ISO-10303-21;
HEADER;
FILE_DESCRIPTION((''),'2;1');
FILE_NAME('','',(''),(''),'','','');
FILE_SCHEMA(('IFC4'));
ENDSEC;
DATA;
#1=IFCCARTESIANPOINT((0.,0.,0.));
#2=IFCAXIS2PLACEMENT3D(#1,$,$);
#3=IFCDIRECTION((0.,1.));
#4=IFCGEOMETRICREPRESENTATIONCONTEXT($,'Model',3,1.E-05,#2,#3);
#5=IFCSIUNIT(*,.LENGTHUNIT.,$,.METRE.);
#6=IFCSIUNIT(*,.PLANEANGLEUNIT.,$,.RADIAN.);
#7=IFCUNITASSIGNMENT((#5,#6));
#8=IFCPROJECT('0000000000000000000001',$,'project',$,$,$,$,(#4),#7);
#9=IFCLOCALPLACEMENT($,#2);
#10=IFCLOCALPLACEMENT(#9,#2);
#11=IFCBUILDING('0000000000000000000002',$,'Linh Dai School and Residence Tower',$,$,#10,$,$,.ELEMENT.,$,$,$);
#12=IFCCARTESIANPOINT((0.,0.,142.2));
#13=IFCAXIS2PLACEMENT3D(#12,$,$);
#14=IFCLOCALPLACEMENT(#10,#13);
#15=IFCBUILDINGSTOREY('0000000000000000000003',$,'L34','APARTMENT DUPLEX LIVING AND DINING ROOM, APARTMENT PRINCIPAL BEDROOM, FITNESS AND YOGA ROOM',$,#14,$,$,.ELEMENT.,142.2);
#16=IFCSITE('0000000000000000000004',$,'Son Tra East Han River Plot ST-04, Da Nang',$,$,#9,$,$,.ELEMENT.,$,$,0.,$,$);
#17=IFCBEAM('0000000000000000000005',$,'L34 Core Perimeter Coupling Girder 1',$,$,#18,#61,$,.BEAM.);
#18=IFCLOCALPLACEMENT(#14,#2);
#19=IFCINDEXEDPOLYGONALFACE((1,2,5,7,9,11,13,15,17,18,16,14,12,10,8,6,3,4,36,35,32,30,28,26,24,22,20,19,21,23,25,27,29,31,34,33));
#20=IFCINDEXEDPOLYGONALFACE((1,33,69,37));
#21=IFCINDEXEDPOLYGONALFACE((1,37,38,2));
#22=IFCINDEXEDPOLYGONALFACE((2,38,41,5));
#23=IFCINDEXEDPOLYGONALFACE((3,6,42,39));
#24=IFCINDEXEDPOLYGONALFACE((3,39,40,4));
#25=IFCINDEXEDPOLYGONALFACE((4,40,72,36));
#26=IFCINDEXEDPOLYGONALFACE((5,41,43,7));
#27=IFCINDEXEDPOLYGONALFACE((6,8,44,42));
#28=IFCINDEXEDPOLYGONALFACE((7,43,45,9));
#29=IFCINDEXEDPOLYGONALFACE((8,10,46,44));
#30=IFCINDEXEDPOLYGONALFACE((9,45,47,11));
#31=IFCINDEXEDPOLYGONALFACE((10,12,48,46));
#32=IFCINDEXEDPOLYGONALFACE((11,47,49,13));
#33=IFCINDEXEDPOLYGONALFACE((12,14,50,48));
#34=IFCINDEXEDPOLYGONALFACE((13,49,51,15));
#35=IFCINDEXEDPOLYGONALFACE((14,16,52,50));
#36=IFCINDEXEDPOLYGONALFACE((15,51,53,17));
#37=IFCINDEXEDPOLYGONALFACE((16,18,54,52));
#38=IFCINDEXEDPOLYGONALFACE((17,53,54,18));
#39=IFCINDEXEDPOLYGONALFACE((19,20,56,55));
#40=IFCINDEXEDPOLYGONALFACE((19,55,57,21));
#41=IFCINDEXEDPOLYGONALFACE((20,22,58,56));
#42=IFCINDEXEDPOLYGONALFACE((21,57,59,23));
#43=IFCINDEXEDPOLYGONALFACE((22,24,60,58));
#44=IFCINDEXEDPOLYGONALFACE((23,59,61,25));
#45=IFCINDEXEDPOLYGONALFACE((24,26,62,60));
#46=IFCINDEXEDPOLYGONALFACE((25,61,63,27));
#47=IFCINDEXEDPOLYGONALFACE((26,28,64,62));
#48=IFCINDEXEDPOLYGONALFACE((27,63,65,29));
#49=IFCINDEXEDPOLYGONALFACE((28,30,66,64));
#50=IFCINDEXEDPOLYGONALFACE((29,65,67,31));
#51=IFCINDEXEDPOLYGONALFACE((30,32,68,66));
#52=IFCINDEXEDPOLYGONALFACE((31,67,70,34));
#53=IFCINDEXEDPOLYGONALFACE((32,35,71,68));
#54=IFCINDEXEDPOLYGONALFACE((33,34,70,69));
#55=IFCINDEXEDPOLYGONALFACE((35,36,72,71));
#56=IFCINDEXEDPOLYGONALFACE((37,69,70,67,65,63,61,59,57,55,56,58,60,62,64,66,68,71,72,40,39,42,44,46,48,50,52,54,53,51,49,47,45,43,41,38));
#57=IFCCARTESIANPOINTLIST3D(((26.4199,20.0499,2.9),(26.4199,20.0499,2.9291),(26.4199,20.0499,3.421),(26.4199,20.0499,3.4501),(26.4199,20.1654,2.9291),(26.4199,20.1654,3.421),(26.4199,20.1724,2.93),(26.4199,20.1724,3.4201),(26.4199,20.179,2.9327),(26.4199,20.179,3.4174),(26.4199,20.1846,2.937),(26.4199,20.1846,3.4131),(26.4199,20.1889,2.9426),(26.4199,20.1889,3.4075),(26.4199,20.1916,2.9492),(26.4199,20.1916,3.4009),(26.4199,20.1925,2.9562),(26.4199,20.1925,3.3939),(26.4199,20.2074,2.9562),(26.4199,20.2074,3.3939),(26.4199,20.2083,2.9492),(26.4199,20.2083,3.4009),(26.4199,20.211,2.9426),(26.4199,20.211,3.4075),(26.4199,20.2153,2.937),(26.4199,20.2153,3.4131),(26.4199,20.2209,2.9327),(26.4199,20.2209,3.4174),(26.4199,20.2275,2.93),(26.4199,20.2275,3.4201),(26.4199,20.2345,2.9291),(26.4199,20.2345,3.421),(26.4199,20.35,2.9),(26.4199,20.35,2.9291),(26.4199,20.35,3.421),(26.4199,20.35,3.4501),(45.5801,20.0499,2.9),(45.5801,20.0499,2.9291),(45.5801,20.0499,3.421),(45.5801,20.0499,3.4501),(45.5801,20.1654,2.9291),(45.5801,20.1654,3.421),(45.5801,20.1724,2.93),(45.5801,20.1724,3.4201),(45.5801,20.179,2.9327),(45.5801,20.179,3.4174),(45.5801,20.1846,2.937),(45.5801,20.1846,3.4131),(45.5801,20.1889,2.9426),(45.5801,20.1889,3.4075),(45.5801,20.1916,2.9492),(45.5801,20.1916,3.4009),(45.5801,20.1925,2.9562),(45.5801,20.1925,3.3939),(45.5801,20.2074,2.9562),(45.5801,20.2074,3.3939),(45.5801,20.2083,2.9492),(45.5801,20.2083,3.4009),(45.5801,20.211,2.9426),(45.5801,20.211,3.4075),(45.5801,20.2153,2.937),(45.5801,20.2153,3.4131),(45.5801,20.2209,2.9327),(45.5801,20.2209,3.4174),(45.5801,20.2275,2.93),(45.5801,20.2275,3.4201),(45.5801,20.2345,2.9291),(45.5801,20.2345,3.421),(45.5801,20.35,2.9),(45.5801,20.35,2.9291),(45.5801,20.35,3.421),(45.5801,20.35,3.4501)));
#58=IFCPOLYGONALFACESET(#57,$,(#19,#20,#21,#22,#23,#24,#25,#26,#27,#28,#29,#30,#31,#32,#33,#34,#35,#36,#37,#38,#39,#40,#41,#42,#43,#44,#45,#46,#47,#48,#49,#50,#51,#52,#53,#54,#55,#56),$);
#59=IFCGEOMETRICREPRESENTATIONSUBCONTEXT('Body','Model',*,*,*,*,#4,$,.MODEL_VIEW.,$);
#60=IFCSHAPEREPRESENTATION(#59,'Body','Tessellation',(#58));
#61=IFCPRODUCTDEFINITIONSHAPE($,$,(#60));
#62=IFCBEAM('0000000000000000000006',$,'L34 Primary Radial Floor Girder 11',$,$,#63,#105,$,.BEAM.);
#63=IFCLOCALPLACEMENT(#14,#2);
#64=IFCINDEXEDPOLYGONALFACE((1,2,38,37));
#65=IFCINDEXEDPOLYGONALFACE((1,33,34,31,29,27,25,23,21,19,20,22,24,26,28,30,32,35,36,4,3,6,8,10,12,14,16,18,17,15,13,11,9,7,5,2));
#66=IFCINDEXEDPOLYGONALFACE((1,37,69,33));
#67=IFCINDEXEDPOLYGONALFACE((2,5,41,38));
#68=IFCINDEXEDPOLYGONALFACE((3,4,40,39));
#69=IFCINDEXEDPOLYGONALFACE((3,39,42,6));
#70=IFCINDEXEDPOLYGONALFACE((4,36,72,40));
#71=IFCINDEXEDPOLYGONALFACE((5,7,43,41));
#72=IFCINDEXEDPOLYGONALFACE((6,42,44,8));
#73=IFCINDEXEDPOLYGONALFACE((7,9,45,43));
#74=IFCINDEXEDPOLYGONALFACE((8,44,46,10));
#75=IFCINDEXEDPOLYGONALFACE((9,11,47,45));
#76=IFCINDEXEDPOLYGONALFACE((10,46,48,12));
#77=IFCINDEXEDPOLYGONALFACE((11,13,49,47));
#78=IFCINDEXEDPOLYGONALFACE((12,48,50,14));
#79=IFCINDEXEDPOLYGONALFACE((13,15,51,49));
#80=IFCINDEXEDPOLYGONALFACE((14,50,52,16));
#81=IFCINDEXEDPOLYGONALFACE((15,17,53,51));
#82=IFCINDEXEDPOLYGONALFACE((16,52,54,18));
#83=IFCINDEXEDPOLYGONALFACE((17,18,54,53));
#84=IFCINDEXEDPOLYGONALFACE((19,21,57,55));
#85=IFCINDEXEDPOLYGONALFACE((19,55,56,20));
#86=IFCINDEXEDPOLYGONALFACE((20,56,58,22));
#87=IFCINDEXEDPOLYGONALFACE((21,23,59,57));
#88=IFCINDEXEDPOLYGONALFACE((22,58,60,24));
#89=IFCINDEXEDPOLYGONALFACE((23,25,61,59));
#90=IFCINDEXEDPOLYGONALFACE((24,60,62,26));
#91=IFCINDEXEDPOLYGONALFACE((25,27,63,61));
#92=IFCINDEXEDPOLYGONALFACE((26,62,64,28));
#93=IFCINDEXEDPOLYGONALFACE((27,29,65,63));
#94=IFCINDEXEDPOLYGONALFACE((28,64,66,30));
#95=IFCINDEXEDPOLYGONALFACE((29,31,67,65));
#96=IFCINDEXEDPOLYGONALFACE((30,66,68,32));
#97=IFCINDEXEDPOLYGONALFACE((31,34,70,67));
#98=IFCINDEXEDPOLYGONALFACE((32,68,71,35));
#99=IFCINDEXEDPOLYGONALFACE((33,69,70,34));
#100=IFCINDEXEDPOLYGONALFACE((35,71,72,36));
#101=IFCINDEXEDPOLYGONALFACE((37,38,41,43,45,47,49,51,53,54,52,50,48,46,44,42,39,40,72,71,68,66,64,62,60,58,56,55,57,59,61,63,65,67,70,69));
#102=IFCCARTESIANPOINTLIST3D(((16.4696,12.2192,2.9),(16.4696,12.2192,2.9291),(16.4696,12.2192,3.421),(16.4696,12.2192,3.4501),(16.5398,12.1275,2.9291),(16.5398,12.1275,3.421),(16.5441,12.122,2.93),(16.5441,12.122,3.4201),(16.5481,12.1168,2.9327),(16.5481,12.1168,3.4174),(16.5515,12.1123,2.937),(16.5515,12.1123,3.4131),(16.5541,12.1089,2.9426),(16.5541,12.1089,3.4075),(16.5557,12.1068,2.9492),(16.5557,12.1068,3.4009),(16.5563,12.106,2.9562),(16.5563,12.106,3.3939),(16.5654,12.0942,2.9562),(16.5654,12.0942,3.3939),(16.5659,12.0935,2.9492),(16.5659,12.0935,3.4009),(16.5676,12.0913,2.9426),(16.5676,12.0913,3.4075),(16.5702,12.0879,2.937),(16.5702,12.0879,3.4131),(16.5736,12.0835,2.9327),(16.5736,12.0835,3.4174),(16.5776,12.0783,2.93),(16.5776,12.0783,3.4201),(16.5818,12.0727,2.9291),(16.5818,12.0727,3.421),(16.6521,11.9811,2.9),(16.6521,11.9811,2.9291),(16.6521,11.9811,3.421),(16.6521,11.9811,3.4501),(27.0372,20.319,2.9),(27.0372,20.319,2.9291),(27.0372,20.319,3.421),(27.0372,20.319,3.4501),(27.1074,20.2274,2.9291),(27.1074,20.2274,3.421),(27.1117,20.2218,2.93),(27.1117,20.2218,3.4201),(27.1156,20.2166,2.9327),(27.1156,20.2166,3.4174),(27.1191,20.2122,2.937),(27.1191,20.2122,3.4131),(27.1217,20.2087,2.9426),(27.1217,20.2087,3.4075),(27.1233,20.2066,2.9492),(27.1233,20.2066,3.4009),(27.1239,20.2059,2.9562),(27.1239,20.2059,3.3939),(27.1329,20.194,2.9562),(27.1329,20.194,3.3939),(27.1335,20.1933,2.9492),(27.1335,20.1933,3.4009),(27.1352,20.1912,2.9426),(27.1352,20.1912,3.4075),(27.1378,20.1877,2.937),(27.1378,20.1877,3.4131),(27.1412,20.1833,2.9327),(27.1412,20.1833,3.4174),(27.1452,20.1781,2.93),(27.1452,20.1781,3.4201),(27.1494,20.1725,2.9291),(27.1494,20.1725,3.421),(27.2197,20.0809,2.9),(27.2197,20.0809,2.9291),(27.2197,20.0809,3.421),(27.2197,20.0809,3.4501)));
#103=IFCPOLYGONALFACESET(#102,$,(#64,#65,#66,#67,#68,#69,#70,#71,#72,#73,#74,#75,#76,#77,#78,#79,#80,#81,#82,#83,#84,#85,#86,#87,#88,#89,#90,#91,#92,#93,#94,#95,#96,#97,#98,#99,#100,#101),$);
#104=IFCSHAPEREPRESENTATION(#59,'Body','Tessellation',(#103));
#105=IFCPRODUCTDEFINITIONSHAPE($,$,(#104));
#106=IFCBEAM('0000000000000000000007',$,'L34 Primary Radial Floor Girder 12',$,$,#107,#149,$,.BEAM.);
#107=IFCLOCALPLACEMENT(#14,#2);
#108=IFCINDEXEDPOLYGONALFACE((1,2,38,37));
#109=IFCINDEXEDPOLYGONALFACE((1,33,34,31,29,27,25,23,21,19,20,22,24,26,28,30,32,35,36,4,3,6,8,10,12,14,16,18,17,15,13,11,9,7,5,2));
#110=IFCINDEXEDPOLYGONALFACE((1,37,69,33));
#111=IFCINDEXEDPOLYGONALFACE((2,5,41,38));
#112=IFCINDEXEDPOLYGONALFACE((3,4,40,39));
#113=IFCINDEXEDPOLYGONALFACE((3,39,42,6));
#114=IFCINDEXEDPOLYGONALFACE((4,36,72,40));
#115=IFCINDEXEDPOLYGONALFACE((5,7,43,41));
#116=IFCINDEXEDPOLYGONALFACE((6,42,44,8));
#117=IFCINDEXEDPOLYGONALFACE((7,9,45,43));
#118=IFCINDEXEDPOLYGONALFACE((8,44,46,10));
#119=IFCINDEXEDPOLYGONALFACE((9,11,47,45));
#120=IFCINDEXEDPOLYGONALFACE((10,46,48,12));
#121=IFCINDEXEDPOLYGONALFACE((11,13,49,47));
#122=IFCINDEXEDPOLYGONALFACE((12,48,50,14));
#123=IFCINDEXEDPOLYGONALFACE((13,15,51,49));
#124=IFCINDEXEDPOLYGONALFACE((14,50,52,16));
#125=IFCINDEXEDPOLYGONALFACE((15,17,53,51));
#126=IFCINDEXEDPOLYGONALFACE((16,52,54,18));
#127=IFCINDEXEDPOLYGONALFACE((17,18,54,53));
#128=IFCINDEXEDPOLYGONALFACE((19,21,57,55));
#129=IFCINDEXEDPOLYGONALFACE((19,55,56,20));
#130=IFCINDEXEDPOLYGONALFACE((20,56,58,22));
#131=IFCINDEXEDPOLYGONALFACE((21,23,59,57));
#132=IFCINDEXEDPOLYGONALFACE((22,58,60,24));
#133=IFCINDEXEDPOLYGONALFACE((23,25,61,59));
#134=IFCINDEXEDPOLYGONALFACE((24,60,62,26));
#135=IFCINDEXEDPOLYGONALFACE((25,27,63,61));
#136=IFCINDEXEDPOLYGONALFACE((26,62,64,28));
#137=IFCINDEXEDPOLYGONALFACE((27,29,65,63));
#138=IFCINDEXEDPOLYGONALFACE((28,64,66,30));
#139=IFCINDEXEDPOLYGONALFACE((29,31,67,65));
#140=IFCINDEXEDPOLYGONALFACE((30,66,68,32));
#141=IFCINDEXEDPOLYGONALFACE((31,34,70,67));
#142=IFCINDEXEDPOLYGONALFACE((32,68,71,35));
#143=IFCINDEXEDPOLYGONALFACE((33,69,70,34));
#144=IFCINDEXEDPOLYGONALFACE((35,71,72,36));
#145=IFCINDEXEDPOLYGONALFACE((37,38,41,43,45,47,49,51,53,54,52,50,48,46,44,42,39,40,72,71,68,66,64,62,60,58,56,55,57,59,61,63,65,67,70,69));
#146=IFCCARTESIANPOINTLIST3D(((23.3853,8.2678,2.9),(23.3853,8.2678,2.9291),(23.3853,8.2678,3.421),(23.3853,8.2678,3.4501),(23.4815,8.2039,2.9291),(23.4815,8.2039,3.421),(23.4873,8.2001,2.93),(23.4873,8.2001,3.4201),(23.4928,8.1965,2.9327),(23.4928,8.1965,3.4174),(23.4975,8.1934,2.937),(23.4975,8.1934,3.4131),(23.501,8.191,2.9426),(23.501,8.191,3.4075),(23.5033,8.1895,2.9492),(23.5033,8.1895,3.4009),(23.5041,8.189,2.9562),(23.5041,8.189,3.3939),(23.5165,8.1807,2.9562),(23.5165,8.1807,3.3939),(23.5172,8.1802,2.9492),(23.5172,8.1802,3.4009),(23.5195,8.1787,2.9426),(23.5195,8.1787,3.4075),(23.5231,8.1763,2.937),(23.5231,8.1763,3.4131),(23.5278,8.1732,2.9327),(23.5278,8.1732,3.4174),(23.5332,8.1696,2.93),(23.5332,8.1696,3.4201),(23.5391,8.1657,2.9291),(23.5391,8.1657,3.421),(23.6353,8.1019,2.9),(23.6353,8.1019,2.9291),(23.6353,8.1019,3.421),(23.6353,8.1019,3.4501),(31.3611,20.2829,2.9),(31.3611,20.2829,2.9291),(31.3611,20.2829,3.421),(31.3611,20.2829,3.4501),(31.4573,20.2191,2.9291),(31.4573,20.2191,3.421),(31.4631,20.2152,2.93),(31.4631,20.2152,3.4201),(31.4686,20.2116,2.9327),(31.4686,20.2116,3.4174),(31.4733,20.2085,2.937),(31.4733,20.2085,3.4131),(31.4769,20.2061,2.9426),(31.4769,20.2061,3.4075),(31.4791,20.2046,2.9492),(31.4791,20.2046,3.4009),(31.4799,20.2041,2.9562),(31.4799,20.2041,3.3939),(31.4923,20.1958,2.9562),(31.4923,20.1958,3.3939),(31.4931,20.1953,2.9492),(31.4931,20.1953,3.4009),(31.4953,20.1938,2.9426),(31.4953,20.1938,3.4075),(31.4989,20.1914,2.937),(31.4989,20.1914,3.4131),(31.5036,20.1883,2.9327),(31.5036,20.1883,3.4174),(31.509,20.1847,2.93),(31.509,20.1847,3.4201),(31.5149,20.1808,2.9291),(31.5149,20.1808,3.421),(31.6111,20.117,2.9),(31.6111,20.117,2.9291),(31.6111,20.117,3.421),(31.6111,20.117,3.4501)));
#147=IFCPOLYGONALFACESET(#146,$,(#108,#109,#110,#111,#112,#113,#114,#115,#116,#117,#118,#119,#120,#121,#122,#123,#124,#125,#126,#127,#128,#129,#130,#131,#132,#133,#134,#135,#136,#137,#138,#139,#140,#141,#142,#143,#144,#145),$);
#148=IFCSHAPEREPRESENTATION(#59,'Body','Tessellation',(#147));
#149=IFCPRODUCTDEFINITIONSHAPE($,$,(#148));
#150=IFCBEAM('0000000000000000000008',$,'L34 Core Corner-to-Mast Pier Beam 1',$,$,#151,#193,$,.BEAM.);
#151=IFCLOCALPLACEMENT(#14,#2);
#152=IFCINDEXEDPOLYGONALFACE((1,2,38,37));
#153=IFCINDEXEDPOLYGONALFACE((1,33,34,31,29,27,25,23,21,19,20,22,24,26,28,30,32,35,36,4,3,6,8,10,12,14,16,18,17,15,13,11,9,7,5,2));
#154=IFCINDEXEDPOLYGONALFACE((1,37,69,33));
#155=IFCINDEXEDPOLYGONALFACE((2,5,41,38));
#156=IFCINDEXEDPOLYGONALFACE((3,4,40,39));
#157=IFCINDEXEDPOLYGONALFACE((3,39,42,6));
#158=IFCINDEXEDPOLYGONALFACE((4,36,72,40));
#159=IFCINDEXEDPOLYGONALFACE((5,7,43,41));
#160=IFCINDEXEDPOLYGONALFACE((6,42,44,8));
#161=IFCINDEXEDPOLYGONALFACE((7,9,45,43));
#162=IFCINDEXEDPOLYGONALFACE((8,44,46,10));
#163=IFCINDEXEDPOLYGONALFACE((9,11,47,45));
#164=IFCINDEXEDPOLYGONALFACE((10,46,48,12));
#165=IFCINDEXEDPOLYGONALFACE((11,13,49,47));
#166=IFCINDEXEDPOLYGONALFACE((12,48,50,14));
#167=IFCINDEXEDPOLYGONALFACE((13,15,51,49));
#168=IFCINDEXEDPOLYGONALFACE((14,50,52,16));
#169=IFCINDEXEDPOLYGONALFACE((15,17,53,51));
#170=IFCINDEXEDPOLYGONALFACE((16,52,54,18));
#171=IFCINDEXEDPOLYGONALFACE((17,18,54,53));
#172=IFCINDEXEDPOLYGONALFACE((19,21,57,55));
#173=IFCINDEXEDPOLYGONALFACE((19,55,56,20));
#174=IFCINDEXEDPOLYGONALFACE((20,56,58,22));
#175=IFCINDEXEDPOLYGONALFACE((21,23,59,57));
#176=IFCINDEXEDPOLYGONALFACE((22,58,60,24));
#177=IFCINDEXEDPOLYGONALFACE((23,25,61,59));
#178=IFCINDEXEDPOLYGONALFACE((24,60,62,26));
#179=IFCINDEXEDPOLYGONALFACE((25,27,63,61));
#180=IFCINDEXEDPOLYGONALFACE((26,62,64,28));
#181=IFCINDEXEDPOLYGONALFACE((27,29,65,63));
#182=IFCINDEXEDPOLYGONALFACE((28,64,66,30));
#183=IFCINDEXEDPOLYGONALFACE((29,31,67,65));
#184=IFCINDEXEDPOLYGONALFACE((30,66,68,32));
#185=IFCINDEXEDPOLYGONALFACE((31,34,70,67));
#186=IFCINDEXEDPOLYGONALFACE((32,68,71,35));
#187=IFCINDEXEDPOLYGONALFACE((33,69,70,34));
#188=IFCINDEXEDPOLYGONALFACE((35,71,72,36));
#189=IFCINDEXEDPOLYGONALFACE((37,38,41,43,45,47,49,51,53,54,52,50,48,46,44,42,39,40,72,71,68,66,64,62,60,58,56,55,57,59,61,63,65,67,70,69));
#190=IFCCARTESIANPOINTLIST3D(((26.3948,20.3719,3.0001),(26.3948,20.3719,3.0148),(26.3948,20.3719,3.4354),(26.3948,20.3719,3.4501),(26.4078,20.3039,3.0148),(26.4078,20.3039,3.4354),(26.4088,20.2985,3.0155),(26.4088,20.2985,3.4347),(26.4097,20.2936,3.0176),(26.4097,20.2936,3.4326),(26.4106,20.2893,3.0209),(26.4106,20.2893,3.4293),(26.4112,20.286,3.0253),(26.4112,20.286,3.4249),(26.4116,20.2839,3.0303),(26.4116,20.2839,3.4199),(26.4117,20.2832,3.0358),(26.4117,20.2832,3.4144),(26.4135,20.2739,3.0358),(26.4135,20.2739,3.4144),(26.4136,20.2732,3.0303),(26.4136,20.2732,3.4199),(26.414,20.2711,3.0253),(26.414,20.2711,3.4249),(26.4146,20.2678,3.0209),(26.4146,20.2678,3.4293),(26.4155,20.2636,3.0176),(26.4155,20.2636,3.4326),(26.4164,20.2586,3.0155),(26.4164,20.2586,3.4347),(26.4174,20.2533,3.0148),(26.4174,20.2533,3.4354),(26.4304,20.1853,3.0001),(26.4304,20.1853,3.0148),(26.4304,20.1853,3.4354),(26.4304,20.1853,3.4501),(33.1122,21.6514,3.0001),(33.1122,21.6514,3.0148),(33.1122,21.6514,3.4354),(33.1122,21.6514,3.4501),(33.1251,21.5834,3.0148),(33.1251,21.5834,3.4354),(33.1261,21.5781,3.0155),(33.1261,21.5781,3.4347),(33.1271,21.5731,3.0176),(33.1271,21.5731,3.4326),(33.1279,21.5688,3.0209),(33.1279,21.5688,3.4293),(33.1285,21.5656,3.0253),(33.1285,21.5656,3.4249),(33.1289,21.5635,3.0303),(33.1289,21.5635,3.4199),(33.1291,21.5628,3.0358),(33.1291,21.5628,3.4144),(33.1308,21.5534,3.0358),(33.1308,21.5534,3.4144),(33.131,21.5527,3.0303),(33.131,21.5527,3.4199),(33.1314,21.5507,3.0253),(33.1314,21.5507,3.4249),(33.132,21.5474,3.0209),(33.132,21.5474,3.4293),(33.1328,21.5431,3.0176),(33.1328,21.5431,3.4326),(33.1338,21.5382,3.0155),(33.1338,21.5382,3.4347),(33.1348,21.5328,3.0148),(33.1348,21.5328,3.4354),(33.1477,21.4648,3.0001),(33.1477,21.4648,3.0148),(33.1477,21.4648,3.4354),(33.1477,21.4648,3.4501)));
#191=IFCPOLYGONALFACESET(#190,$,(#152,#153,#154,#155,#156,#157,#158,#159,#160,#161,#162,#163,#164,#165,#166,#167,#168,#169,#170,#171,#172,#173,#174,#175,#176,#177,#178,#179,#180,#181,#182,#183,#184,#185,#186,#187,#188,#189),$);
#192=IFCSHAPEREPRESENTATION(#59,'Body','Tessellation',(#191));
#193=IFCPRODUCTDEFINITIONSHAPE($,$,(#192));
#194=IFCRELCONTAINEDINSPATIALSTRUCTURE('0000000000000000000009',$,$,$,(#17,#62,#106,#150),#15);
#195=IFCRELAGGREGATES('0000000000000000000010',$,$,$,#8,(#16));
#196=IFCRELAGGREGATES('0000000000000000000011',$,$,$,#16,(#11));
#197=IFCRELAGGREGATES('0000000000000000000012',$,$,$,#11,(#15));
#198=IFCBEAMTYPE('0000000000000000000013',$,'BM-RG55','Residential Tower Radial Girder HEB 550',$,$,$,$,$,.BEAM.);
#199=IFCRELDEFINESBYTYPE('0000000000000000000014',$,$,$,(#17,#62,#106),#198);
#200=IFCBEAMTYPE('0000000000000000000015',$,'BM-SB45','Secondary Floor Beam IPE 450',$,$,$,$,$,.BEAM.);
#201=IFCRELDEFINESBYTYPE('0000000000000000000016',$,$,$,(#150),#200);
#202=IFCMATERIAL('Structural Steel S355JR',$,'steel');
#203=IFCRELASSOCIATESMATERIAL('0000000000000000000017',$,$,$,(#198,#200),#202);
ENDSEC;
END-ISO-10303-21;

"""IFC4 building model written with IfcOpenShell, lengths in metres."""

from ifc_helpers import new_model, si_unit, direction, frame, origin, origin_2d, place, context, subcontext, project, spatial, i_section, extrude, material, material_profile, profile_set, type_object, element, save


model = new_model("IFC4")

# Units and contexts
model_context = context("Model", 3, precision=1e-05, world=origin(), true_north=direction((0.0, 1.0)))
body_context = subcontext(model_context, "Body", "Model", "MODEL_VIEW")
ifc_project = project(units=[si_unit("LENGTHUNIT", "METRE"), si_unit("PLANEANGLEUNIT", "RADIAN")], contexts=[model_context])

# Site, building, storey
site_placement = place(None, origin())
site = spatial("IfcSite", under=ifc_project, at=site_placement, Name="Son Tra East Han River Plot ST-04, Da Nang", CompositionType="ELEMENT", RefElevation=0.0)
building_placement = place(site_placement, origin())
building = spatial("IfcBuilding", under=site, at=building_placement, Name="Linh Dai School and Residence Tower", CompositionType="ELEMENT")
storey_placement = place(building_placement, frame((0.0, 0.0, 142.2)))
storey = spatial("IfcBuildingStorey", under=building, at=storey_placement, Name="L34", Description="APARTMENT DUPLEX LIVING AND DINING ROOM, APARTMENT PRINCIPAL BEDROOM, FITNESS AND YOGA ROOM", CompositionType="ELEMENT", Elevation=142.2)

# Shared definitions
ifc_material_1 = material(Name="Structural Steel S355JR", Category="steel")

# Beams
ifc_material_profile_1 = material_profile(ifc_material_1, i_section(OverallWidth=0.3, OverallDepth=0.55, WebThickness=0.0149, FlangeThickness=0.0291, FilletRadius=0.0271, at=origin_2d()), Name="HEB 550")
ifc_profile_set_1 = profile_set([ifc_material_profile_1], Name="Structural Steel S355JR")
beam_type_1 = type_object("IfcBeamType", Name="BM-RG55", Description="Residential Tower Radial Girder HEB 550", PredefinedType="BEAM", material=ifc_profile_set_1)
beam_1_placement = place(storey_placement, frame((26.4199, 20.2, 3.175), z_axis=(1.0, 0.0, 0.0), x_axis=(0.0, 1.0, 0.0)))
element("IfcBeam", 1, at=beam_1_placement, inside=storey, type_object=beam_type_1, Name="L34 Core Perimeter Coupling Girder 1", PredefinedType="BEAM", context=body_context, shape_type="SweptSolid", body=[
    extrude(i_section(OverallWidth=0.3, OverallDepth=0.55, WebThickness=0.0149, FlangeThickness=0.0291, FilletRadius=0.0271, at=origin_2d()), origin(), (0.0, 0.0, 1.0), 19.1602),
])
beam_2_placement = place(storey_placement, frame((27.1284, 20.2, 3.175), z_axis=(-0.793679, -0.608337, 0.0), x_axis=(0.608337, -0.793679, 0.0)))
element("IfcBeam", 2, at=beam_2_placement, inside=storey, type_object=beam_type_1, Name="L34 Primary Radial Floor Girder 11", PredefinedType="BEAM", context=body_context, shape_type="SweptSolid", body=[
    extrude(i_section(OverallWidth=0.3, OverallDepth=0.55, WebThickness=0.0149, FlangeThickness=0.0291, FilletRadius=0.0271, at=origin_2d()), origin(), (0.0, 0.0, 1.0), 13.3147),
])
beam_3_placement = place(storey_placement, frame((31.4861, 20.2, 3.175), z_axis=(-0.553054, -0.833145, 0.0), x_axis=(0.833145, -0.553054, 0.0)))
element("IfcBeam", 3, at=beam_3_placement, inside=storey, type_object=beam_type_1, Name="L34 Primary Radial Floor Girder 12", PredefinedType="BEAM", context=body_context, shape_type="SweptSolid", body=[
    extrude(i_section(OverallWidth=0.3, OverallDepth=0.55, WebThickness=0.0149, FlangeThickness=0.0291, FilletRadius=0.0271, at=origin_2d()), origin(), (0.0, 0.0, 1.0), 14.4214),
])
ifc_material_profile_2 = material_profile(ifc_material_1, i_section(OverallWidth=0.1899, OverallDepth=0.45, WebThickness=0.0095, FlangeThickness=0.0146, FilletRadius=0.021, at=origin_2d()), Name="IPE 450")
ifc_profile_set_2 = profile_set([ifc_material_profile_2], Name="Structural Steel S355JR")
beam_type_2 = type_object("IfcBeamType", Name="BM-SB45", Description="Secondary Floor Beam IPE 450", PredefinedType="BEAM", material=ifc_profile_set_2)
beam_4_placement = place(storey_placement, frame((26.4126, 20.2786, 3.2251), z_axis=(0.982337, 0.18712, 0.0), x_axis=(-0.18712, 0.982337, 0.0)))
element("IfcBeam", 4, at=beam_4_placement, inside=storey, type_object=beam_type_2, Name="L34 Core Corner-to-Mast Pier Beam 1", PredefinedType="BEAM", context=body_context, shape_type="SweptSolid", body=[
    extrude(i_section(OverallWidth=0.1899, OverallDepth=0.45, WebThickness=0.0095, FlangeThickness=0.0146, FilletRadius=0.021, at=origin_2d()), origin(), (0.0, 0.0, 1.0), 6.8381),
])

save(model, "model.ifc")
